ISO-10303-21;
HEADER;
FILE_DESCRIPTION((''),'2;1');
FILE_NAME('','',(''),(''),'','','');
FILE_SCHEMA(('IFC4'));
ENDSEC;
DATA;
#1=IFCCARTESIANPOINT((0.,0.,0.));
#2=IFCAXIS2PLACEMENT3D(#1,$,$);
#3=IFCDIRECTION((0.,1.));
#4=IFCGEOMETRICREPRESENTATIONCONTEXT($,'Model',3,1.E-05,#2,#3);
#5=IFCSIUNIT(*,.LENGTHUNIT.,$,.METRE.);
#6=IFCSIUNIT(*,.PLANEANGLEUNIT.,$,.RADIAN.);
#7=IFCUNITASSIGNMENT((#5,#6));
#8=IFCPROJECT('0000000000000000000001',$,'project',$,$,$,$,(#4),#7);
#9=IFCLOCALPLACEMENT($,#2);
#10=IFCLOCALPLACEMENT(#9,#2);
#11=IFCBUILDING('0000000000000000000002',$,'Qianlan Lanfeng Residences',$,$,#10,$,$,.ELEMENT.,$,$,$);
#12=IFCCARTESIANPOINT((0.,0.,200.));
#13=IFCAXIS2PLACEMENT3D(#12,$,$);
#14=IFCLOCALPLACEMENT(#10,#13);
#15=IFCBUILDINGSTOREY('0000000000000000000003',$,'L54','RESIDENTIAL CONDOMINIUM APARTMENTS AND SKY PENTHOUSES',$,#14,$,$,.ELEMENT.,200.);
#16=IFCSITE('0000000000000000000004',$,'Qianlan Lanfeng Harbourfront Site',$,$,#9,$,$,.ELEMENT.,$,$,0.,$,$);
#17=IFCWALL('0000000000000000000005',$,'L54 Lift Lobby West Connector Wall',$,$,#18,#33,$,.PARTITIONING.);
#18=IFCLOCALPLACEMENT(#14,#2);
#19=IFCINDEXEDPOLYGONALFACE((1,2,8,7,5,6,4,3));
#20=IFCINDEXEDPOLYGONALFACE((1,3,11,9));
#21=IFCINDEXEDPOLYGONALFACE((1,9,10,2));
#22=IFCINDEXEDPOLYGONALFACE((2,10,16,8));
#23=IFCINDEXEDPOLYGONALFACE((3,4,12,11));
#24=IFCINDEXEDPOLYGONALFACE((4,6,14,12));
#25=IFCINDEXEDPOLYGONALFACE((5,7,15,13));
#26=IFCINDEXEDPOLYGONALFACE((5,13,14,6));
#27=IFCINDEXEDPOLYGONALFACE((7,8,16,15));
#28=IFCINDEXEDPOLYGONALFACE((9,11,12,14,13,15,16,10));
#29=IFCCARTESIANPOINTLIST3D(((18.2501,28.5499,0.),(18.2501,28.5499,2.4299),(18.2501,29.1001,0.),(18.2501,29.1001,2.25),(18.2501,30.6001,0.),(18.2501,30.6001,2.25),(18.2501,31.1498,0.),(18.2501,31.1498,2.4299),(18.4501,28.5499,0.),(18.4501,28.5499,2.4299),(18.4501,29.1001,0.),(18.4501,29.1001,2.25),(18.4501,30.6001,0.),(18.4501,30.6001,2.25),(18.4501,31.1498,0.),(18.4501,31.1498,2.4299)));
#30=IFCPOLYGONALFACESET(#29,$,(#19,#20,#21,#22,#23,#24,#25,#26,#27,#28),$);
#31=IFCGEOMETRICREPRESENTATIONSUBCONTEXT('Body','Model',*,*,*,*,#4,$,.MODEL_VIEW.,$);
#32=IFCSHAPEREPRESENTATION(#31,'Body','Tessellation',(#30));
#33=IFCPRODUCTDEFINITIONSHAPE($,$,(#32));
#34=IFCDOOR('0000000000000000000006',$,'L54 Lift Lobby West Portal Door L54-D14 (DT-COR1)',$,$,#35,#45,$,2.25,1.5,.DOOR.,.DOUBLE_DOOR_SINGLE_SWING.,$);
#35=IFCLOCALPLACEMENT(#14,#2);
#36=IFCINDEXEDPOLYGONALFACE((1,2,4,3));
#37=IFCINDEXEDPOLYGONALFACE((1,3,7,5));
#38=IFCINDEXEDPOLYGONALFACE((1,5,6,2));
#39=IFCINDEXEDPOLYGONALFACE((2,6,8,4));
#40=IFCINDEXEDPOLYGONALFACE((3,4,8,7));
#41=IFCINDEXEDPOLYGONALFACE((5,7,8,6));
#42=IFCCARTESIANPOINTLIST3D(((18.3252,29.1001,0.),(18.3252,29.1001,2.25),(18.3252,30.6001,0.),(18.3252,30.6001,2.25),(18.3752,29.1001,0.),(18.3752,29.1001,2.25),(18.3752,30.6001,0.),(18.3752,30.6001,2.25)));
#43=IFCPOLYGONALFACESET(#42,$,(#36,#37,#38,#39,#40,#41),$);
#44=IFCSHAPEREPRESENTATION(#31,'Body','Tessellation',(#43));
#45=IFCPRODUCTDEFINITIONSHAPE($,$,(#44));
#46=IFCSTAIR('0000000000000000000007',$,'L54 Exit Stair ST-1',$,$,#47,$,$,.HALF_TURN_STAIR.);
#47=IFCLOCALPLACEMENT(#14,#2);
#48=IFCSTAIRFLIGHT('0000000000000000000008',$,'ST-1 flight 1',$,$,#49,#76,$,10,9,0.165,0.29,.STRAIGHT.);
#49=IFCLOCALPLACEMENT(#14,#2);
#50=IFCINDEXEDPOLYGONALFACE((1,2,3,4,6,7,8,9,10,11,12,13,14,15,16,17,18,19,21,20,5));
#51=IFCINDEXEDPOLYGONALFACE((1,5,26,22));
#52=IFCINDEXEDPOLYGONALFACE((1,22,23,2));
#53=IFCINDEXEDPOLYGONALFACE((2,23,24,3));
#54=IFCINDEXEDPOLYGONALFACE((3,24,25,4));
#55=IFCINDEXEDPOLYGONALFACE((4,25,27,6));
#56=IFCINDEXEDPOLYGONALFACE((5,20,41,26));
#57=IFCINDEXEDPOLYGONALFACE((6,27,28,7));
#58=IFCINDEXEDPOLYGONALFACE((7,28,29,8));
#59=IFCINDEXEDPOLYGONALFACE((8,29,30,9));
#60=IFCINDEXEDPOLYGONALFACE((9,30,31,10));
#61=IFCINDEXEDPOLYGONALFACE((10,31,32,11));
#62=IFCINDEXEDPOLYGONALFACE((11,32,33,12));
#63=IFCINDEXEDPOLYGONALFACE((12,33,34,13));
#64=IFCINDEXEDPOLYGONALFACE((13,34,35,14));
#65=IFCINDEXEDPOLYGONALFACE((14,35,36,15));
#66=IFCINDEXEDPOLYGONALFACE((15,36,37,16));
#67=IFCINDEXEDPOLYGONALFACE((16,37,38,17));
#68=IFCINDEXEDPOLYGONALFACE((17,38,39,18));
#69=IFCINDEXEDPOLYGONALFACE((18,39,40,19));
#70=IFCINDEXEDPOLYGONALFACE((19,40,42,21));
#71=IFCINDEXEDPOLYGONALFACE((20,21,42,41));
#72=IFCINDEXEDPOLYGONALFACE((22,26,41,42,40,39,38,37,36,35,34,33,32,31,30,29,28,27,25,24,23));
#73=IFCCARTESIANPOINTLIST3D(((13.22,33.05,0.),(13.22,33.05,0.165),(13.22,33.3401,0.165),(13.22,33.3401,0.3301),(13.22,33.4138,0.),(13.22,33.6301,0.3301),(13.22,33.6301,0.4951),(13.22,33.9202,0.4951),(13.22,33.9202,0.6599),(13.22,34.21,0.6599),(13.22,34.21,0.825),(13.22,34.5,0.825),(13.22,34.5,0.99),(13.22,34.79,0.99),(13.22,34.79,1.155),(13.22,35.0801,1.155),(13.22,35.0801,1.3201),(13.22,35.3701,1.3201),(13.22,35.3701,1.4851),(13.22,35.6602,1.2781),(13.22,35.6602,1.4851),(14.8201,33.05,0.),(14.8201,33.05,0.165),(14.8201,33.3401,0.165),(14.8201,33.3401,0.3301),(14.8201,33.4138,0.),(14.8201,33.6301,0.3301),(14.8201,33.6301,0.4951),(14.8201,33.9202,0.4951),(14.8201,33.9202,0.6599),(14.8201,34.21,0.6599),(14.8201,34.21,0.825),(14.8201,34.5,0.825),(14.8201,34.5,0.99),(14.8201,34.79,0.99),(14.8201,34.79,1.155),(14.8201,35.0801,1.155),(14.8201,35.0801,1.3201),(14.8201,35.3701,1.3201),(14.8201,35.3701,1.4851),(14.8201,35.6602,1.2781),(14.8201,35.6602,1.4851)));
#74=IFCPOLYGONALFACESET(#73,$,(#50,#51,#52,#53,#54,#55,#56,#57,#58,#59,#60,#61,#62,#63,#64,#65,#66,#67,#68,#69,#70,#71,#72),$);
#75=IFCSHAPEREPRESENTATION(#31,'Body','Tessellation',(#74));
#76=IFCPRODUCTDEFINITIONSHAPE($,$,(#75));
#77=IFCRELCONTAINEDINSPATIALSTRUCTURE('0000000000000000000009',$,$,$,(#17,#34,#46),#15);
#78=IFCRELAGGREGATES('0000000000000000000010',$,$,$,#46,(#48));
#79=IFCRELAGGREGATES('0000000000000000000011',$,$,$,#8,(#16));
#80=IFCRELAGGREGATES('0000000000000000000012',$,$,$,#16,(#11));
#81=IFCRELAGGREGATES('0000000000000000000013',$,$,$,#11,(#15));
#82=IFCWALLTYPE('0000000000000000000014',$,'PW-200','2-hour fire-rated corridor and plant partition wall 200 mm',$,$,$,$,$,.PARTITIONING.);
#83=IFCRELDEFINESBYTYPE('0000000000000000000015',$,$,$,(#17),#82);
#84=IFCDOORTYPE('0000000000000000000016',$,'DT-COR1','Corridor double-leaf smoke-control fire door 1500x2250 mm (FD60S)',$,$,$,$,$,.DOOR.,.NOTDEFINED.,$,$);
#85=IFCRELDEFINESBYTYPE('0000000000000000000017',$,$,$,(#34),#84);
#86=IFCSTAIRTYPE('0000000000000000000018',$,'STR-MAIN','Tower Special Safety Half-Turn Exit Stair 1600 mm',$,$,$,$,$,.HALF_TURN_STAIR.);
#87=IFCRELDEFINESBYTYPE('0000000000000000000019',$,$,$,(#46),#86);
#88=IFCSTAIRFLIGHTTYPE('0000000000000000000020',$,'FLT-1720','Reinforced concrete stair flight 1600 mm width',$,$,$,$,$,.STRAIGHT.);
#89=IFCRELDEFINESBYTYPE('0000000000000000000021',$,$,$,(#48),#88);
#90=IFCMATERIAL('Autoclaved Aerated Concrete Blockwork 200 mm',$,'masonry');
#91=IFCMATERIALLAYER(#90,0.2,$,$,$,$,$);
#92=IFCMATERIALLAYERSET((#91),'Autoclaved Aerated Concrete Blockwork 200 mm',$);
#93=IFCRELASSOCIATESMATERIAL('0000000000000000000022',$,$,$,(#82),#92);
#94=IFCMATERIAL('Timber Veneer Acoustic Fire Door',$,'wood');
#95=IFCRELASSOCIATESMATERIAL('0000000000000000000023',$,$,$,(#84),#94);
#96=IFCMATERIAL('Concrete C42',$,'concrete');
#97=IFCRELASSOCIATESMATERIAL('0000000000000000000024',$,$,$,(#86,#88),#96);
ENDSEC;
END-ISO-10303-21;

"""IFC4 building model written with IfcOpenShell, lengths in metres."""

from ifc_helpers import new_model, si_unit, direction, frame, frame_2d, origin, place, context, subcontext, project, spatial, polyline, rectangle, outline, extrude, material, layer, layer_set, type_object, element, fill, aggregate, save


model = new_model("IFC4")

# Units and contexts
model_context = context("Model", 3, precision=1e-05, world=origin(), true_north=direction((0.0, 1.0)))
body_context = subcontext(model_context, "Body", "Model", "MODEL_VIEW")
ifc_project = project(units=[si_unit("LENGTHUNIT", "METRE"), si_unit("PLANEANGLEUNIT", "RADIAN")], contexts=[model_context])

# Site, building, storey
site_placement = place(None, origin())
site = spatial("IfcSite", under=ifc_project, at=site_placement, Name="Qianlan Lanfeng Harbourfront Site", CompositionType="ELEMENT", RefElevation=0.0)
building_placement = place(site_placement, origin())
building = spatial("IfcBuilding", under=site, at=building_placement, Name="Qianlan Lanfeng Residences", CompositionType="ELEMENT")
storey_placement = place(building_placement, frame((0.0, 0.0, 200.0)))
storey = spatial("IfcBuildingStorey", under=building, at=storey_placement, Name="L54", Description="RESIDENTIAL CONDOMINIUM APARTMENTS AND SKY PENTHOUSES", CompositionType="ELEMENT", Elevation=200.0)

# Wall, opening, door
ifc_material_1 = material(Name="Autoclaved Aerated Concrete Blockwork 200 mm", Category="masonry")
ifc_layer_1 = layer(ifc_material_1, 0.2)
ifc_layer_set_1 = layer_set([ifc_layer_1], Name="Autoclaved Aerated Concrete Blockwork 200 mm")
wall_type_1 = type_object("IfcWallType", Name="PW-200", Description="2-hour fire-rated corridor and plant partition wall 200 mm", PredefinedType="PARTITIONING", material=ifc_layer_set_1)
wall_1_placement = place(storey_placement, frame((18.3501, 28.55, 0.0), z_axis=(0.0, 0.0, 1.0), x_axis=(0.0, 1.0, 0.0)))
wall_1 = element("IfcWall", 1, at=wall_1_placement, inside=storey, type_object=wall_type_1, Name="L54 Lift Lobby West Connector Wall", PredefinedType="PARTITIONING", context=body_context, shape_type="SweptSolid", body=[
    extrude(rectangle(XDim=2.5999, YDim=0.2, at=frame_2d((1.2998, 0.0))), origin(), (0.0, 0.0, 1.0), 2.4299),
])
opening_1_placement = place(wall_1_placement, frame((0.55, 0.0, 0.0)))
opening_1 = element("IfcOpeningElement", 2, at=opening_1_placement, cuts=wall_1, PredefinedType="OPENING", context=body_context, shape_type="SweptSolid", body=[
    extrude(rectangle(XDim=1.5, YDim=2.25, at=frame_2d((0.75, 1.125))), frame((0.0, 0.1099, 0.0), z_axis=(0.0, -1.0, 0.0), x_axis=(1.0, 0.0, 0.0)), (0.0, 0.0, 1.0), 0.22),
])
ifc_material_2 = material(Name="Timber Veneer Acoustic Fire Door", Category="wood")
door_type_1 = type_object("IfcDoorType", Name="DT-COR1", Description="Corridor double-leaf smoke-control fire door 1500x2250 mm (FD60S)", OperationType="NOTDEFINED", PredefinedType="DOOR", material=ifc_material_2)
door_1_placement = place(opening_1_placement, origin())
door_1 = element("IfcDoor", 3, at=door_1_placement, inside=storey, type_object=door_type_1, Name="L54 Lift Lobby West Portal Door L54-D14 (DT-COR1)", OperationType="DOUBLE_DOOR_SINGLE_SWING", OverallHeight=2.25, OverallWidth=1.5, PredefinedType="DOOR", context=body_context, shape_type="SweptSolid", body=[
    extrude(rectangle(XDim=1.5, YDim=2.25, at=frame_2d((0.75, 1.125))), frame((0.0, 0.0249, 0.0), z_axis=(0.0, -1.0, 0.0), x_axis=(1.0, 0.0, 0.0)), (0.0, 0.0, 1.0), 0.05),
])
fill(opening_1, door_1)

# Stair, stair flight
ifc_material_3 = material(Name="Concrete C42", Category="concrete")
stair_type = type_object("IfcStairType", Name="STR-MAIN", Description="Tower Special Safety Half-Turn Exit Stair 1600 mm", PredefinedType="HALF_TURN_STAIR", material=ifc_material_3)
stair_placement = place(storey_placement, origin())
stair = element("IfcStair", 4, at=stair_placement, inside=storey, type_object=stair_type, Name="L54 Exit Stair ST-1", PredefinedType="HALF_TURN_STAIR")
stair_flight_type = type_object("IfcStairFlightType", Name="FLT-1720", Description="Reinforced concrete stair flight 1600 mm width", PredefinedType="STRAIGHT", material=ifc_material_3)
stair_flight_placement = place(storey_placement, frame((14.02, 33.05, 0.0), z_axis=(0.0, 0.0, 1.0), x_axis=(0.0, 1.0, 0.0)))
stair_flight = element("IfcStairFlight", 5, at=stair_flight_placement, type_object=stair_flight_type, Name="ST-1 flight 1", NumberOfRisers=10, NumberOfTreads=9, PredefinedType="STRAIGHT", RiserHeight=0.165, TreadLength=0.29, context=body_context, shape_type="SweptSolid", body=[
    extrude(outline(polyline([(0.0, 0.0), (0.0, 0.165), (0.29, 0.165), (0.29, 0.3301), (0.5801, 0.3301), (0.5801, 0.4951), (0.8701, 0.4951), (0.8701, 0.6599), (1.1599, 0.6599), (1.1599, 0.825), (1.45, 0.825), (1.45, 0.99), (1.74, 0.99), (1.74, 1.155), (2.03, 1.155), (2.03, 1.3201), (2.3201, 1.3201), (2.3201, 1.4851), (2.6101, 1.4851), (2.6101, 1.6499), (2.6101, 1.2781), (0.3638, 0.0), (0.0, 0.0)])), frame((0.0, 0.8, 0.0), z_axis=(0.0, -1.0, 0.0), x_axis=(1.0, 0.0, 0.0)), (0.0, 0.0, 1.0), 1.6001),
])
aggregate(stair, [stair_flight])

save(model, "model.ifc")
